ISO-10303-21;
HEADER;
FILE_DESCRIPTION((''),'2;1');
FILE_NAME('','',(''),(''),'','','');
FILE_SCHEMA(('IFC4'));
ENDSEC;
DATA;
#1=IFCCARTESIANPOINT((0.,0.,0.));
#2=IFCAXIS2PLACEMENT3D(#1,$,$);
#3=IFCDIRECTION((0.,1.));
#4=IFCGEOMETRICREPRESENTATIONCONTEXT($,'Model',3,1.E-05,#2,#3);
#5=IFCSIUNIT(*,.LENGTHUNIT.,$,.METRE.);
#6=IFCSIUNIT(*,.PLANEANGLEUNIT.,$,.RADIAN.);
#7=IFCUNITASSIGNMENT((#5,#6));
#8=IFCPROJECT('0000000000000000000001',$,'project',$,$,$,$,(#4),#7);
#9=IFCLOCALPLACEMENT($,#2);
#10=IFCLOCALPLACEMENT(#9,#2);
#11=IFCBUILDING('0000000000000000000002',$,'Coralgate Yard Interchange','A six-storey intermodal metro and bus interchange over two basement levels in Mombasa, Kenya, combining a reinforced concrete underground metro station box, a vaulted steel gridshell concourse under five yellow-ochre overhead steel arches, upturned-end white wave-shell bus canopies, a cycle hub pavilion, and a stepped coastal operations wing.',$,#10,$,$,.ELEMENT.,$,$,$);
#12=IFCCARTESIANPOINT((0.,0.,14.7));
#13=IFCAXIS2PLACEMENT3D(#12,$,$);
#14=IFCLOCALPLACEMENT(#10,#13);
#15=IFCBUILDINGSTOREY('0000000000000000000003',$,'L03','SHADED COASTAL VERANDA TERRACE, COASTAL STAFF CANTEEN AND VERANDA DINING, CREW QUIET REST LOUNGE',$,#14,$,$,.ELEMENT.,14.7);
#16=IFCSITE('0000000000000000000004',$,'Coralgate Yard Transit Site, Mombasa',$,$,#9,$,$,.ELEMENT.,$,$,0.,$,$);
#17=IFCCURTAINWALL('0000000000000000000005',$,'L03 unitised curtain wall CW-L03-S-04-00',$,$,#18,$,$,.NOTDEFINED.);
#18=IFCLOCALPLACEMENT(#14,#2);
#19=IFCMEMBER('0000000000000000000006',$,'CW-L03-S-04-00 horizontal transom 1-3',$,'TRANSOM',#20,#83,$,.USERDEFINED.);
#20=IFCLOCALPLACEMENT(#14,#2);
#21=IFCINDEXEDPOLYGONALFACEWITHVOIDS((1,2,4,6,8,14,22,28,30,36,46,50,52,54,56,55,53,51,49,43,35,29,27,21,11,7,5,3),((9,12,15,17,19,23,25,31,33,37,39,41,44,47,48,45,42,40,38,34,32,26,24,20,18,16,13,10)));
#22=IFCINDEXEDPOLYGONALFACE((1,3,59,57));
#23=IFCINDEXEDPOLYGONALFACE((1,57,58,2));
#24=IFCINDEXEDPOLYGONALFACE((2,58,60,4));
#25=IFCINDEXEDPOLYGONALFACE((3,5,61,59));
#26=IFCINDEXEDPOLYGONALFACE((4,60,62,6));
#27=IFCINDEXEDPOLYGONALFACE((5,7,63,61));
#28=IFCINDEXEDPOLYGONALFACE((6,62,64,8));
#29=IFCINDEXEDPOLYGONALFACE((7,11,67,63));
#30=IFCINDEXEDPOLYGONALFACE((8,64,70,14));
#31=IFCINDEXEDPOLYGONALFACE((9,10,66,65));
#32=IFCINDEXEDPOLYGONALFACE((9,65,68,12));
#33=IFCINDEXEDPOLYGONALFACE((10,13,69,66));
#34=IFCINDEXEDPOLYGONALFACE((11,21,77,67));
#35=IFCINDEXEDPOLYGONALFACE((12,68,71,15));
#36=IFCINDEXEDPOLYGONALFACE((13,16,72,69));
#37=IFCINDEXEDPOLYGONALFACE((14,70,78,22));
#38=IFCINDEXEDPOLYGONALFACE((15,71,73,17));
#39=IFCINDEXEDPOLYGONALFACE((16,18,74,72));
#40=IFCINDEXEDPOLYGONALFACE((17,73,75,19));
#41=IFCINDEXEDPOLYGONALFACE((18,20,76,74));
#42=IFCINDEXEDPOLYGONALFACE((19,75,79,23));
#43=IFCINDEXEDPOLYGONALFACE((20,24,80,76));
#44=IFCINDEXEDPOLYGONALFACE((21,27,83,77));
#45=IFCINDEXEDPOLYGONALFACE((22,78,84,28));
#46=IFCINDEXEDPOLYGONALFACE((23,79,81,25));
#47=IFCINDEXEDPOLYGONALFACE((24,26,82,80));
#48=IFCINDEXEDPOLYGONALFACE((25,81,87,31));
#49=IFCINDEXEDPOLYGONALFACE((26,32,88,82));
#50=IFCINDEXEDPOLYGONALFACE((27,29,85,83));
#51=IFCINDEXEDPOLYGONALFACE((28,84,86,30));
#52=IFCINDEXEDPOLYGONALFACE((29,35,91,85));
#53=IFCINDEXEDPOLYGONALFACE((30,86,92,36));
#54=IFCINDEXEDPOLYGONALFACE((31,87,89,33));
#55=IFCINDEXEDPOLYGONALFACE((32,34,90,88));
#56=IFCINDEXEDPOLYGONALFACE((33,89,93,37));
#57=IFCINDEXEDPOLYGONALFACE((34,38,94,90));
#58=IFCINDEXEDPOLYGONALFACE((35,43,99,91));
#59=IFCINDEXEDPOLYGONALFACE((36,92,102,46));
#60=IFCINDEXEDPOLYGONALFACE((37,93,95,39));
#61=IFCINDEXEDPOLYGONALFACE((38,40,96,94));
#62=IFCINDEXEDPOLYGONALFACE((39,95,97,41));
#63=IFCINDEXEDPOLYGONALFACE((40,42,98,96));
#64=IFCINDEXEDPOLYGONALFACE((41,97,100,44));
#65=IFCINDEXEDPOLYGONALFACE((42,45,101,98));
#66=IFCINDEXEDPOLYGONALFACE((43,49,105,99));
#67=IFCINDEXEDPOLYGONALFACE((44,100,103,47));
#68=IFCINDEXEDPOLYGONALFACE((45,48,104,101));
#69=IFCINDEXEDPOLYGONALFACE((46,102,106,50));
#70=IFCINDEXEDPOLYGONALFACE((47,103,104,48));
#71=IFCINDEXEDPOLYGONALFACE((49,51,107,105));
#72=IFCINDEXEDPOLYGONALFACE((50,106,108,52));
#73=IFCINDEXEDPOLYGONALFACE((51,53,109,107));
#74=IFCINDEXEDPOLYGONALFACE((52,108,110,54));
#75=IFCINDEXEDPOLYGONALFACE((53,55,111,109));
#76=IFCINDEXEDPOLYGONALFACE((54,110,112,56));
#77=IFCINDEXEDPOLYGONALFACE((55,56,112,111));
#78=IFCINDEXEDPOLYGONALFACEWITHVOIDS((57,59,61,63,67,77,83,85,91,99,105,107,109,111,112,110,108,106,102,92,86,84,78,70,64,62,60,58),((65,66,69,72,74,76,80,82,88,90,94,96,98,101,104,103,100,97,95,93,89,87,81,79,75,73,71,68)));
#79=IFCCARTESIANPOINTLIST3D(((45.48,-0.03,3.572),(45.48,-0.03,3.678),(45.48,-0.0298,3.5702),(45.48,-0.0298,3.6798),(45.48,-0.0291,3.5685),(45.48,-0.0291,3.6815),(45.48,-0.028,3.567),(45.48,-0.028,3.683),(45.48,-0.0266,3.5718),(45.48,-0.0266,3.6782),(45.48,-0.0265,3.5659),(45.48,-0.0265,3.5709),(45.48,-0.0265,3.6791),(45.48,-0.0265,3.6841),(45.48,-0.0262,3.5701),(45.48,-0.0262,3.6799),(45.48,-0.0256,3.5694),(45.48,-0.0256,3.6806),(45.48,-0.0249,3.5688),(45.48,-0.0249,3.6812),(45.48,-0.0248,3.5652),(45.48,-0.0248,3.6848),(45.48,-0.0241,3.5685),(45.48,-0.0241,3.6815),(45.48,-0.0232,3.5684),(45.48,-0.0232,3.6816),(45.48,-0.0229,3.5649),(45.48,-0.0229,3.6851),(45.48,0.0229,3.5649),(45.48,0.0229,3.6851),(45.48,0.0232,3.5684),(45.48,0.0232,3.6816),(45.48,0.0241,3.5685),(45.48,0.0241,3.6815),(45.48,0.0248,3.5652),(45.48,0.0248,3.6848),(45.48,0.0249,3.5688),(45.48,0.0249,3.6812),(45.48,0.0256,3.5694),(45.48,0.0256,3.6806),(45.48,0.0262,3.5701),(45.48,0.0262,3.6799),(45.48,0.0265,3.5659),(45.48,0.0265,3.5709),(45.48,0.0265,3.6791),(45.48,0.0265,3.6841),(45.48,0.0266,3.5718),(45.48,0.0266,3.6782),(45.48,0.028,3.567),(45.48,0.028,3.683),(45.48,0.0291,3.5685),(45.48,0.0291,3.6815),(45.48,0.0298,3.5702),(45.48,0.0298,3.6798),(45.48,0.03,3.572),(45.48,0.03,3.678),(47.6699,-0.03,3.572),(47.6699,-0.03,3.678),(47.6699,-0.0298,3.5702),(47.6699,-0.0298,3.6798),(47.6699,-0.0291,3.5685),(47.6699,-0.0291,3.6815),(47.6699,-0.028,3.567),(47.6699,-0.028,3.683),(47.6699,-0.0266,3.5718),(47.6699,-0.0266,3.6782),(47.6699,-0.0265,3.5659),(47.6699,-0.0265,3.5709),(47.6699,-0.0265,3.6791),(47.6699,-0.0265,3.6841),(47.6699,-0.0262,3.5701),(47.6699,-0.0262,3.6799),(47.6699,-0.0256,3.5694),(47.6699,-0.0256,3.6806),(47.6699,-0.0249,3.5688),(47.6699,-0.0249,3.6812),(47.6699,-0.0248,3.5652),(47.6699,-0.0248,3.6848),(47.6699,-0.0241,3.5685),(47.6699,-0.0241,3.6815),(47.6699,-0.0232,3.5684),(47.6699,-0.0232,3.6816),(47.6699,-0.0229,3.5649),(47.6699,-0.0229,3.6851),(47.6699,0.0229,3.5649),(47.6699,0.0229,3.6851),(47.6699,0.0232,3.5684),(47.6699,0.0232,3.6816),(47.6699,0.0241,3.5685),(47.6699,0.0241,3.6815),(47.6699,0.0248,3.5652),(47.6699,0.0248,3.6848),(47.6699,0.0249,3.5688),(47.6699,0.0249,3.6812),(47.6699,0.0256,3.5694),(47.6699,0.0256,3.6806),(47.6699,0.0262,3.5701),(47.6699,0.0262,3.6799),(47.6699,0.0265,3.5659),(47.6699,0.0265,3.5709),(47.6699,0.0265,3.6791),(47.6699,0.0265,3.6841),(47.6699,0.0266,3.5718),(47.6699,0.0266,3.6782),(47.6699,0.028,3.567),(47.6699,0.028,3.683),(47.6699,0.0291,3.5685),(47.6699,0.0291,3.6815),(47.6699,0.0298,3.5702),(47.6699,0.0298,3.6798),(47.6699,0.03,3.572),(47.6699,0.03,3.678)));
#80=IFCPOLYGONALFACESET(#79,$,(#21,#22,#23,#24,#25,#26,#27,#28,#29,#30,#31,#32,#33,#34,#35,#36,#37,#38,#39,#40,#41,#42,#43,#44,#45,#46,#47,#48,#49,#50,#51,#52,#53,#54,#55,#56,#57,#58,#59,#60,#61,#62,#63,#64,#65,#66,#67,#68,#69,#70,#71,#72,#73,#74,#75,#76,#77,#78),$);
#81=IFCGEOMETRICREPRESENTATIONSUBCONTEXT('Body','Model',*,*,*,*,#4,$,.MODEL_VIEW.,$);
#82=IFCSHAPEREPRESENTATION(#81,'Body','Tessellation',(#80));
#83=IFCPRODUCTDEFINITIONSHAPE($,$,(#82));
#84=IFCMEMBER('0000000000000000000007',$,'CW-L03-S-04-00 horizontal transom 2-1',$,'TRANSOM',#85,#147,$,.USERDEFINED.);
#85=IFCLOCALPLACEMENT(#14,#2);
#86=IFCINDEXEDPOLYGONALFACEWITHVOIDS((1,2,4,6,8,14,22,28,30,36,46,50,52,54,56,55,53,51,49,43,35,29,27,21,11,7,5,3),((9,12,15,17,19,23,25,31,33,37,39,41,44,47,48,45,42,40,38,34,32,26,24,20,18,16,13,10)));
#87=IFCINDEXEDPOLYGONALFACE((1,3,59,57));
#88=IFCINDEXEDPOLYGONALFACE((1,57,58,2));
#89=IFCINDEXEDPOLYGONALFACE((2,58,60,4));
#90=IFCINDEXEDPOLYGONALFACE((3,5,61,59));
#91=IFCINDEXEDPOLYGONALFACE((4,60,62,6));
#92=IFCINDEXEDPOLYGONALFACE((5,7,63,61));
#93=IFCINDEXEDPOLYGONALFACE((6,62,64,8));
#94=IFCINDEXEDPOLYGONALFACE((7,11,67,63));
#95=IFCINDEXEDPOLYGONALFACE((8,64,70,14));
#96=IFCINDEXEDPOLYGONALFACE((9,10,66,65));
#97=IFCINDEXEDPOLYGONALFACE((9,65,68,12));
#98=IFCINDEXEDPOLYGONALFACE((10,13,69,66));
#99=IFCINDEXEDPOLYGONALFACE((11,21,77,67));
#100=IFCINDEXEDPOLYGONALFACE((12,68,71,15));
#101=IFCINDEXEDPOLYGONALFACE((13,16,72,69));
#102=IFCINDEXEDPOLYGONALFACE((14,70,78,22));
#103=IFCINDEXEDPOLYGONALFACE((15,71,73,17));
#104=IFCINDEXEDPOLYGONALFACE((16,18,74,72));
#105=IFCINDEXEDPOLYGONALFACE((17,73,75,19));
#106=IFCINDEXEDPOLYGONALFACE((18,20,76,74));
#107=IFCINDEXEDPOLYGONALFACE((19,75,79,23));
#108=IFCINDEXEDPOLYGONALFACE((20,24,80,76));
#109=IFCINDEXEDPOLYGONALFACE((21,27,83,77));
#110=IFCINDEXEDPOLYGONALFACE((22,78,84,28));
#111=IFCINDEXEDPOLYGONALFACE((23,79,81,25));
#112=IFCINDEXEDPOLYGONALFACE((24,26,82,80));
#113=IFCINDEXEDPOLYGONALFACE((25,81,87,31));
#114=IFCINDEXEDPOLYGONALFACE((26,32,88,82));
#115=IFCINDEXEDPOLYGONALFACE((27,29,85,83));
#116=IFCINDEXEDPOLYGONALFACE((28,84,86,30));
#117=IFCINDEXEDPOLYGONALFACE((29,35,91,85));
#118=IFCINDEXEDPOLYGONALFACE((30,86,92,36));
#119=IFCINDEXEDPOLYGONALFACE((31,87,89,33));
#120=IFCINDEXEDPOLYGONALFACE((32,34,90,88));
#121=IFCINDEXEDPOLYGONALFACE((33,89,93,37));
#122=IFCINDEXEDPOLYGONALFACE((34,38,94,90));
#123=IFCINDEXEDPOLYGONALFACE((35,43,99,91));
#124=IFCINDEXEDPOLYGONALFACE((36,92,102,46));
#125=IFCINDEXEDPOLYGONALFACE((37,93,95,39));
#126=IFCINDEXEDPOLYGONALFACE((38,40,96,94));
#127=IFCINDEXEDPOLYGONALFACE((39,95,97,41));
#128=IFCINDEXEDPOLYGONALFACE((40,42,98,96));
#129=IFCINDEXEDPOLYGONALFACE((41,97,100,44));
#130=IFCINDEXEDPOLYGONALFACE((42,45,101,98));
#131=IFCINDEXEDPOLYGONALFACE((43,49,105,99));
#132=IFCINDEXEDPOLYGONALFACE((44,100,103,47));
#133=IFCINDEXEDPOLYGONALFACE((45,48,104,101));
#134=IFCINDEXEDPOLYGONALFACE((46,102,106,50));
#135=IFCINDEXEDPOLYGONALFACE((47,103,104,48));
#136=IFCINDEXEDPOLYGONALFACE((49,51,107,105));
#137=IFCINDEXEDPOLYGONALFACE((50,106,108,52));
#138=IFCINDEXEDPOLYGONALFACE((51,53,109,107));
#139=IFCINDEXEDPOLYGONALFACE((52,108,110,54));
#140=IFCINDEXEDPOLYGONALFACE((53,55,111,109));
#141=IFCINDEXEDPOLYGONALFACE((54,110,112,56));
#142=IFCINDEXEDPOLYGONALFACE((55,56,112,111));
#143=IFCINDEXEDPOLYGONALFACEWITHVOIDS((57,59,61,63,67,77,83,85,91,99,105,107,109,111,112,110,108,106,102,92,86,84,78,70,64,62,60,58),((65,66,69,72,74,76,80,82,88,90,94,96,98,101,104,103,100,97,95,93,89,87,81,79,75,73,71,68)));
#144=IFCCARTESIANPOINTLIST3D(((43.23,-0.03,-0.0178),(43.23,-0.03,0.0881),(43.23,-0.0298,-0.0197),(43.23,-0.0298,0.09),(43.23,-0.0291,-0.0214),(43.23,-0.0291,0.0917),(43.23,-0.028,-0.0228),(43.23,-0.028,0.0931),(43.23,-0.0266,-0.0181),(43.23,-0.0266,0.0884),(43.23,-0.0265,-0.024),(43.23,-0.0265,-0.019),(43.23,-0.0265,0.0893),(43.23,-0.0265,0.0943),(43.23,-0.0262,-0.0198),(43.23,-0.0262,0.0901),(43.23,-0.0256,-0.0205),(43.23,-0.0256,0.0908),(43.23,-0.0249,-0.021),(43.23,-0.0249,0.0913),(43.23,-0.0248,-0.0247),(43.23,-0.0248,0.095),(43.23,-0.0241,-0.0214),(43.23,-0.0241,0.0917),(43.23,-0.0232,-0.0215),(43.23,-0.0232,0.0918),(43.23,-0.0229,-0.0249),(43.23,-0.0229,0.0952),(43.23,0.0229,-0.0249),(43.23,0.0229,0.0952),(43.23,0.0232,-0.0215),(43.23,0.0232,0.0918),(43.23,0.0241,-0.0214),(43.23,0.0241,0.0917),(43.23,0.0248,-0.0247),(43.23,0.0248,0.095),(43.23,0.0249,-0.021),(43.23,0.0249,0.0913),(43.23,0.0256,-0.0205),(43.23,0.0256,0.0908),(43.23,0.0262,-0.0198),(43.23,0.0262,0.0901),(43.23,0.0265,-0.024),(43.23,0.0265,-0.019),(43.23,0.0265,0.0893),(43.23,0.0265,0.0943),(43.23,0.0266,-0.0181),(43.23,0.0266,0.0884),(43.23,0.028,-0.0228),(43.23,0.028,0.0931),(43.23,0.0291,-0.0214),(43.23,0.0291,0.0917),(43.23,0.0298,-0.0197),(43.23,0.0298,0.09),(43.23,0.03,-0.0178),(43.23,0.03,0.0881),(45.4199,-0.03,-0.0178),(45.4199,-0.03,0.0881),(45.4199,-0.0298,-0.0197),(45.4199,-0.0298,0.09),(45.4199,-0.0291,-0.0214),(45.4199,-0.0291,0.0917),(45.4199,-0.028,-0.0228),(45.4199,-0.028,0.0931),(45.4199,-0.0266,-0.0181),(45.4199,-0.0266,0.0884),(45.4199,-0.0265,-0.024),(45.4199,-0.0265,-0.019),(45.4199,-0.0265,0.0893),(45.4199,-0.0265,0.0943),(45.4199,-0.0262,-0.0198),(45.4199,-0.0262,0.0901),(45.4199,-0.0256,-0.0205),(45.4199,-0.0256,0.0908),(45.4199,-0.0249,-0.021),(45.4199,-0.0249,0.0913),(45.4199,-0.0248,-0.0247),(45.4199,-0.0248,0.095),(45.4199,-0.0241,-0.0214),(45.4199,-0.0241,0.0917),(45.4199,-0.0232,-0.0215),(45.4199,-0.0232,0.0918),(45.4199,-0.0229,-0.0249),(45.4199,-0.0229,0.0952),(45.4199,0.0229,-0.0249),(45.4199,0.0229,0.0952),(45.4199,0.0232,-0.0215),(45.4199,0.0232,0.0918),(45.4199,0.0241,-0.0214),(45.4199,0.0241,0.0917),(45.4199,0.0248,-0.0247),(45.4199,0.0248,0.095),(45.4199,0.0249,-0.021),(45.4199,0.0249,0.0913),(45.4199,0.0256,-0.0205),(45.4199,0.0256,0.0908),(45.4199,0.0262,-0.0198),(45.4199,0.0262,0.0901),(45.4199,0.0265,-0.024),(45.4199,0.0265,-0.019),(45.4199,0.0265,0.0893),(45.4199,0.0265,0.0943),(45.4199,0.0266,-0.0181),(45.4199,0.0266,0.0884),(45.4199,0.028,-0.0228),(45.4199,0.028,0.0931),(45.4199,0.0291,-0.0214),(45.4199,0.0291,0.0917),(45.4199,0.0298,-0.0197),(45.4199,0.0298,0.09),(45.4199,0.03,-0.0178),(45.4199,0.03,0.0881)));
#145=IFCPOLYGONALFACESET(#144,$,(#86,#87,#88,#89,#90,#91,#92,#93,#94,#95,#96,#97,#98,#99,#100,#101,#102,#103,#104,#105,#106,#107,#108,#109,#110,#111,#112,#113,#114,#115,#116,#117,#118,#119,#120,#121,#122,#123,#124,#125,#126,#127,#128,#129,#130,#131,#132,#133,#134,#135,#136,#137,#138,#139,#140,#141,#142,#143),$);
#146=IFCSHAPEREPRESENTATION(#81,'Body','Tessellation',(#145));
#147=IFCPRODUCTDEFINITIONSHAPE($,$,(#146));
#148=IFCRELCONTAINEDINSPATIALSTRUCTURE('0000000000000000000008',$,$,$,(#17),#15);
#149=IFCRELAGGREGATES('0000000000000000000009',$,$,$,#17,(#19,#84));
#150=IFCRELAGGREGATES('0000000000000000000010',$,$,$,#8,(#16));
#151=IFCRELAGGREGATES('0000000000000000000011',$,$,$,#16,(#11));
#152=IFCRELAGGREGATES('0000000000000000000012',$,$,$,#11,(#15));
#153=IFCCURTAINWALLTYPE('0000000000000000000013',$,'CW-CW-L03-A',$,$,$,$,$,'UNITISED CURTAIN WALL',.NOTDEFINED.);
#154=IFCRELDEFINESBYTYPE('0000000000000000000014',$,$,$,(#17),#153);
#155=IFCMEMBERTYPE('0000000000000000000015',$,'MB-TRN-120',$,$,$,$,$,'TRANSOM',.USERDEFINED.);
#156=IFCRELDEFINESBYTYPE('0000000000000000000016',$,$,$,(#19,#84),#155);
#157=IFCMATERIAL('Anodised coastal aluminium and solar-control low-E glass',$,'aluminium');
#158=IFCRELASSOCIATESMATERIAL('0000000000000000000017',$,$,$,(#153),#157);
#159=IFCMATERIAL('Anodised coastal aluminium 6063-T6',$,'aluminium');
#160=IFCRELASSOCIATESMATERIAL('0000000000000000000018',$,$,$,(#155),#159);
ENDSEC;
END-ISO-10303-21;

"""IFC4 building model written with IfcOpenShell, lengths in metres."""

from ifc_helpers import new_model, si_unit, direction, frame, origin, origin_2d, place, context, subcontext, project, spatial, hollow_rectangle, extrude, material, material_profile, profile_set, type_object, element, aggregate, save


model = new_model("IFC4")

# Units and contexts
model_context = context("Model", 3, precision=1e-05, world=origin(), true_north=direction((0.0, 1.0)))
body_context = subcontext(model_context, "Body", "Model", "MODEL_VIEW")
ifc_project = project(units=[si_unit("LENGTHUNIT", "METRE"), si_unit("PLANEANGLEUNIT", "RADIAN")], contexts=[model_context])

# Site, building, storey
site_placement = place(None, origin())
site = spatial("IfcSite", under=ifc_project, at=site_placement, Name="Coralgate Yard Transit Site, Mombasa", CompositionType="ELEMENT", RefElevation=0.0)
building_placement = place(site_placement, origin())
building = spatial("IfcBuilding", under=site, at=building_placement, Name="Coralgate Yard Interchange", Description="A six-storey intermodal metro and bus interchange over two basement levels in Mombasa, Kenya, combining a reinforced concrete underground metro station box, a vaulted steel gridshell concourse under five yellow-ochre overhead steel arches, upturned-end white wave-shell bus canopies, a cycle hub pavilion, and a stepped coastal operations wing.", CompositionType="ELEMENT")
storey_placement = place(building_placement, frame((0.0, 0.0, 14.7)))
storey = spatial("IfcBuildingStorey", under=building, at=storey_placement, Name="L03", Description="SHADED COASTAL VERANDA TERRACE, COASTAL STAFF CANTEEN AND VERANDA DINING, CREW QUIET REST LOUNGE", CompositionType="ELEMENT", Elevation=14.7)

# Curtain wall, members
ifc_material_1 = material(Name="Anodised coastal aluminium and solar-control low-E glass", Category="aluminium")
curtain_wall_type = type_object("IfcCurtainWallType", Name="CW-CW-L03-A", ElementType="UNITISED CURTAIN WALL", PredefinedType="NOTDEFINED", material=ifc_material_1)
curtain_wall_placement = place(storey_placement, origin())
curtain_wall = element("IfcCurtainWall", 1, at=curtain_wall_placement, inside=storey, type_object=curtain_wall_type, Name="L03 unitised curtain wall CW-L03-S-04-00", PredefinedType="NOTDEFINED")
ifc_material_2 = material(Name="Anodised coastal aluminium 6063-T6", Category="aluminium")
ifc_material_profile_1 = material_profile(ifc_material_2, hollow_rectangle(XDim=0.0601, YDim=0.1201, WallThickness=0.0034, InnerFilletRadius=0.0034, OuterFilletRadius=0.0071, at=origin_2d()), Name="ALU 60x120x3.5")
ifc_profile_set_1 = profile_set([ifc_material_profile_1], Name="Anodised coastal aluminium 6063-T6")
member_type_1 = type_object("IfcMemberType", Name="MB-TRN-120", ElementType="TRANSOM", PredefinedType="USERDEFINED", material=ifc_profile_set_1)
member_1_placement = place(storey_placement, frame((47.6699, 0.0, 3.625), z_axis=(-1.0, 0.0, 0.0), x_axis=(0.0, -1.0, 0.0)))
member_1 = element("IfcMember", 2, at=member_1_placement, type_object=member_type_1, Name="CW-L03-S-04-00 horizontal transom 1-3", ObjectType="TRANSOM", PredefinedType="USERDEFINED", context=body_context, shape_type="SweptSolid", body=[
    extrude(hollow_rectangle(XDim=0.0601, YDim=0.1201, WallThickness=0.0034, InnerFilletRadius=0.0034, OuterFilletRadius=0.0071, at=origin_2d()), origin(), (0.0, 0.0, 1.0), 2.1899),
])
member_2_placement = place(storey_placement, frame((45.4199, 0.0, 0.0352), z_axis=(-1.0, 0.0, 0.0), x_axis=(0.0, -1.0, 0.0)))
member_2 = element("IfcMember", 3, at=member_2_placement, type_object=member_type_1, Name="CW-L03-S-04-00 horizontal transom 2-1", ObjectType="TRANSOM", PredefinedType="USERDEFINED", context=body_context, shape_type="SweptSolid", body=[
    extrude(hollow_rectangle(XDim=0.0601, YDim=0.1201, WallThickness=0.0034, InnerFilletRadius=0.0034, OuterFilletRadius=0.0071, at=origin_2d()), origin(), (0.0, 0.0, 1.0), 2.1899),
])
aggregate(curtain_wall, [member_1, member_2])

save(model, "model.ifc")
